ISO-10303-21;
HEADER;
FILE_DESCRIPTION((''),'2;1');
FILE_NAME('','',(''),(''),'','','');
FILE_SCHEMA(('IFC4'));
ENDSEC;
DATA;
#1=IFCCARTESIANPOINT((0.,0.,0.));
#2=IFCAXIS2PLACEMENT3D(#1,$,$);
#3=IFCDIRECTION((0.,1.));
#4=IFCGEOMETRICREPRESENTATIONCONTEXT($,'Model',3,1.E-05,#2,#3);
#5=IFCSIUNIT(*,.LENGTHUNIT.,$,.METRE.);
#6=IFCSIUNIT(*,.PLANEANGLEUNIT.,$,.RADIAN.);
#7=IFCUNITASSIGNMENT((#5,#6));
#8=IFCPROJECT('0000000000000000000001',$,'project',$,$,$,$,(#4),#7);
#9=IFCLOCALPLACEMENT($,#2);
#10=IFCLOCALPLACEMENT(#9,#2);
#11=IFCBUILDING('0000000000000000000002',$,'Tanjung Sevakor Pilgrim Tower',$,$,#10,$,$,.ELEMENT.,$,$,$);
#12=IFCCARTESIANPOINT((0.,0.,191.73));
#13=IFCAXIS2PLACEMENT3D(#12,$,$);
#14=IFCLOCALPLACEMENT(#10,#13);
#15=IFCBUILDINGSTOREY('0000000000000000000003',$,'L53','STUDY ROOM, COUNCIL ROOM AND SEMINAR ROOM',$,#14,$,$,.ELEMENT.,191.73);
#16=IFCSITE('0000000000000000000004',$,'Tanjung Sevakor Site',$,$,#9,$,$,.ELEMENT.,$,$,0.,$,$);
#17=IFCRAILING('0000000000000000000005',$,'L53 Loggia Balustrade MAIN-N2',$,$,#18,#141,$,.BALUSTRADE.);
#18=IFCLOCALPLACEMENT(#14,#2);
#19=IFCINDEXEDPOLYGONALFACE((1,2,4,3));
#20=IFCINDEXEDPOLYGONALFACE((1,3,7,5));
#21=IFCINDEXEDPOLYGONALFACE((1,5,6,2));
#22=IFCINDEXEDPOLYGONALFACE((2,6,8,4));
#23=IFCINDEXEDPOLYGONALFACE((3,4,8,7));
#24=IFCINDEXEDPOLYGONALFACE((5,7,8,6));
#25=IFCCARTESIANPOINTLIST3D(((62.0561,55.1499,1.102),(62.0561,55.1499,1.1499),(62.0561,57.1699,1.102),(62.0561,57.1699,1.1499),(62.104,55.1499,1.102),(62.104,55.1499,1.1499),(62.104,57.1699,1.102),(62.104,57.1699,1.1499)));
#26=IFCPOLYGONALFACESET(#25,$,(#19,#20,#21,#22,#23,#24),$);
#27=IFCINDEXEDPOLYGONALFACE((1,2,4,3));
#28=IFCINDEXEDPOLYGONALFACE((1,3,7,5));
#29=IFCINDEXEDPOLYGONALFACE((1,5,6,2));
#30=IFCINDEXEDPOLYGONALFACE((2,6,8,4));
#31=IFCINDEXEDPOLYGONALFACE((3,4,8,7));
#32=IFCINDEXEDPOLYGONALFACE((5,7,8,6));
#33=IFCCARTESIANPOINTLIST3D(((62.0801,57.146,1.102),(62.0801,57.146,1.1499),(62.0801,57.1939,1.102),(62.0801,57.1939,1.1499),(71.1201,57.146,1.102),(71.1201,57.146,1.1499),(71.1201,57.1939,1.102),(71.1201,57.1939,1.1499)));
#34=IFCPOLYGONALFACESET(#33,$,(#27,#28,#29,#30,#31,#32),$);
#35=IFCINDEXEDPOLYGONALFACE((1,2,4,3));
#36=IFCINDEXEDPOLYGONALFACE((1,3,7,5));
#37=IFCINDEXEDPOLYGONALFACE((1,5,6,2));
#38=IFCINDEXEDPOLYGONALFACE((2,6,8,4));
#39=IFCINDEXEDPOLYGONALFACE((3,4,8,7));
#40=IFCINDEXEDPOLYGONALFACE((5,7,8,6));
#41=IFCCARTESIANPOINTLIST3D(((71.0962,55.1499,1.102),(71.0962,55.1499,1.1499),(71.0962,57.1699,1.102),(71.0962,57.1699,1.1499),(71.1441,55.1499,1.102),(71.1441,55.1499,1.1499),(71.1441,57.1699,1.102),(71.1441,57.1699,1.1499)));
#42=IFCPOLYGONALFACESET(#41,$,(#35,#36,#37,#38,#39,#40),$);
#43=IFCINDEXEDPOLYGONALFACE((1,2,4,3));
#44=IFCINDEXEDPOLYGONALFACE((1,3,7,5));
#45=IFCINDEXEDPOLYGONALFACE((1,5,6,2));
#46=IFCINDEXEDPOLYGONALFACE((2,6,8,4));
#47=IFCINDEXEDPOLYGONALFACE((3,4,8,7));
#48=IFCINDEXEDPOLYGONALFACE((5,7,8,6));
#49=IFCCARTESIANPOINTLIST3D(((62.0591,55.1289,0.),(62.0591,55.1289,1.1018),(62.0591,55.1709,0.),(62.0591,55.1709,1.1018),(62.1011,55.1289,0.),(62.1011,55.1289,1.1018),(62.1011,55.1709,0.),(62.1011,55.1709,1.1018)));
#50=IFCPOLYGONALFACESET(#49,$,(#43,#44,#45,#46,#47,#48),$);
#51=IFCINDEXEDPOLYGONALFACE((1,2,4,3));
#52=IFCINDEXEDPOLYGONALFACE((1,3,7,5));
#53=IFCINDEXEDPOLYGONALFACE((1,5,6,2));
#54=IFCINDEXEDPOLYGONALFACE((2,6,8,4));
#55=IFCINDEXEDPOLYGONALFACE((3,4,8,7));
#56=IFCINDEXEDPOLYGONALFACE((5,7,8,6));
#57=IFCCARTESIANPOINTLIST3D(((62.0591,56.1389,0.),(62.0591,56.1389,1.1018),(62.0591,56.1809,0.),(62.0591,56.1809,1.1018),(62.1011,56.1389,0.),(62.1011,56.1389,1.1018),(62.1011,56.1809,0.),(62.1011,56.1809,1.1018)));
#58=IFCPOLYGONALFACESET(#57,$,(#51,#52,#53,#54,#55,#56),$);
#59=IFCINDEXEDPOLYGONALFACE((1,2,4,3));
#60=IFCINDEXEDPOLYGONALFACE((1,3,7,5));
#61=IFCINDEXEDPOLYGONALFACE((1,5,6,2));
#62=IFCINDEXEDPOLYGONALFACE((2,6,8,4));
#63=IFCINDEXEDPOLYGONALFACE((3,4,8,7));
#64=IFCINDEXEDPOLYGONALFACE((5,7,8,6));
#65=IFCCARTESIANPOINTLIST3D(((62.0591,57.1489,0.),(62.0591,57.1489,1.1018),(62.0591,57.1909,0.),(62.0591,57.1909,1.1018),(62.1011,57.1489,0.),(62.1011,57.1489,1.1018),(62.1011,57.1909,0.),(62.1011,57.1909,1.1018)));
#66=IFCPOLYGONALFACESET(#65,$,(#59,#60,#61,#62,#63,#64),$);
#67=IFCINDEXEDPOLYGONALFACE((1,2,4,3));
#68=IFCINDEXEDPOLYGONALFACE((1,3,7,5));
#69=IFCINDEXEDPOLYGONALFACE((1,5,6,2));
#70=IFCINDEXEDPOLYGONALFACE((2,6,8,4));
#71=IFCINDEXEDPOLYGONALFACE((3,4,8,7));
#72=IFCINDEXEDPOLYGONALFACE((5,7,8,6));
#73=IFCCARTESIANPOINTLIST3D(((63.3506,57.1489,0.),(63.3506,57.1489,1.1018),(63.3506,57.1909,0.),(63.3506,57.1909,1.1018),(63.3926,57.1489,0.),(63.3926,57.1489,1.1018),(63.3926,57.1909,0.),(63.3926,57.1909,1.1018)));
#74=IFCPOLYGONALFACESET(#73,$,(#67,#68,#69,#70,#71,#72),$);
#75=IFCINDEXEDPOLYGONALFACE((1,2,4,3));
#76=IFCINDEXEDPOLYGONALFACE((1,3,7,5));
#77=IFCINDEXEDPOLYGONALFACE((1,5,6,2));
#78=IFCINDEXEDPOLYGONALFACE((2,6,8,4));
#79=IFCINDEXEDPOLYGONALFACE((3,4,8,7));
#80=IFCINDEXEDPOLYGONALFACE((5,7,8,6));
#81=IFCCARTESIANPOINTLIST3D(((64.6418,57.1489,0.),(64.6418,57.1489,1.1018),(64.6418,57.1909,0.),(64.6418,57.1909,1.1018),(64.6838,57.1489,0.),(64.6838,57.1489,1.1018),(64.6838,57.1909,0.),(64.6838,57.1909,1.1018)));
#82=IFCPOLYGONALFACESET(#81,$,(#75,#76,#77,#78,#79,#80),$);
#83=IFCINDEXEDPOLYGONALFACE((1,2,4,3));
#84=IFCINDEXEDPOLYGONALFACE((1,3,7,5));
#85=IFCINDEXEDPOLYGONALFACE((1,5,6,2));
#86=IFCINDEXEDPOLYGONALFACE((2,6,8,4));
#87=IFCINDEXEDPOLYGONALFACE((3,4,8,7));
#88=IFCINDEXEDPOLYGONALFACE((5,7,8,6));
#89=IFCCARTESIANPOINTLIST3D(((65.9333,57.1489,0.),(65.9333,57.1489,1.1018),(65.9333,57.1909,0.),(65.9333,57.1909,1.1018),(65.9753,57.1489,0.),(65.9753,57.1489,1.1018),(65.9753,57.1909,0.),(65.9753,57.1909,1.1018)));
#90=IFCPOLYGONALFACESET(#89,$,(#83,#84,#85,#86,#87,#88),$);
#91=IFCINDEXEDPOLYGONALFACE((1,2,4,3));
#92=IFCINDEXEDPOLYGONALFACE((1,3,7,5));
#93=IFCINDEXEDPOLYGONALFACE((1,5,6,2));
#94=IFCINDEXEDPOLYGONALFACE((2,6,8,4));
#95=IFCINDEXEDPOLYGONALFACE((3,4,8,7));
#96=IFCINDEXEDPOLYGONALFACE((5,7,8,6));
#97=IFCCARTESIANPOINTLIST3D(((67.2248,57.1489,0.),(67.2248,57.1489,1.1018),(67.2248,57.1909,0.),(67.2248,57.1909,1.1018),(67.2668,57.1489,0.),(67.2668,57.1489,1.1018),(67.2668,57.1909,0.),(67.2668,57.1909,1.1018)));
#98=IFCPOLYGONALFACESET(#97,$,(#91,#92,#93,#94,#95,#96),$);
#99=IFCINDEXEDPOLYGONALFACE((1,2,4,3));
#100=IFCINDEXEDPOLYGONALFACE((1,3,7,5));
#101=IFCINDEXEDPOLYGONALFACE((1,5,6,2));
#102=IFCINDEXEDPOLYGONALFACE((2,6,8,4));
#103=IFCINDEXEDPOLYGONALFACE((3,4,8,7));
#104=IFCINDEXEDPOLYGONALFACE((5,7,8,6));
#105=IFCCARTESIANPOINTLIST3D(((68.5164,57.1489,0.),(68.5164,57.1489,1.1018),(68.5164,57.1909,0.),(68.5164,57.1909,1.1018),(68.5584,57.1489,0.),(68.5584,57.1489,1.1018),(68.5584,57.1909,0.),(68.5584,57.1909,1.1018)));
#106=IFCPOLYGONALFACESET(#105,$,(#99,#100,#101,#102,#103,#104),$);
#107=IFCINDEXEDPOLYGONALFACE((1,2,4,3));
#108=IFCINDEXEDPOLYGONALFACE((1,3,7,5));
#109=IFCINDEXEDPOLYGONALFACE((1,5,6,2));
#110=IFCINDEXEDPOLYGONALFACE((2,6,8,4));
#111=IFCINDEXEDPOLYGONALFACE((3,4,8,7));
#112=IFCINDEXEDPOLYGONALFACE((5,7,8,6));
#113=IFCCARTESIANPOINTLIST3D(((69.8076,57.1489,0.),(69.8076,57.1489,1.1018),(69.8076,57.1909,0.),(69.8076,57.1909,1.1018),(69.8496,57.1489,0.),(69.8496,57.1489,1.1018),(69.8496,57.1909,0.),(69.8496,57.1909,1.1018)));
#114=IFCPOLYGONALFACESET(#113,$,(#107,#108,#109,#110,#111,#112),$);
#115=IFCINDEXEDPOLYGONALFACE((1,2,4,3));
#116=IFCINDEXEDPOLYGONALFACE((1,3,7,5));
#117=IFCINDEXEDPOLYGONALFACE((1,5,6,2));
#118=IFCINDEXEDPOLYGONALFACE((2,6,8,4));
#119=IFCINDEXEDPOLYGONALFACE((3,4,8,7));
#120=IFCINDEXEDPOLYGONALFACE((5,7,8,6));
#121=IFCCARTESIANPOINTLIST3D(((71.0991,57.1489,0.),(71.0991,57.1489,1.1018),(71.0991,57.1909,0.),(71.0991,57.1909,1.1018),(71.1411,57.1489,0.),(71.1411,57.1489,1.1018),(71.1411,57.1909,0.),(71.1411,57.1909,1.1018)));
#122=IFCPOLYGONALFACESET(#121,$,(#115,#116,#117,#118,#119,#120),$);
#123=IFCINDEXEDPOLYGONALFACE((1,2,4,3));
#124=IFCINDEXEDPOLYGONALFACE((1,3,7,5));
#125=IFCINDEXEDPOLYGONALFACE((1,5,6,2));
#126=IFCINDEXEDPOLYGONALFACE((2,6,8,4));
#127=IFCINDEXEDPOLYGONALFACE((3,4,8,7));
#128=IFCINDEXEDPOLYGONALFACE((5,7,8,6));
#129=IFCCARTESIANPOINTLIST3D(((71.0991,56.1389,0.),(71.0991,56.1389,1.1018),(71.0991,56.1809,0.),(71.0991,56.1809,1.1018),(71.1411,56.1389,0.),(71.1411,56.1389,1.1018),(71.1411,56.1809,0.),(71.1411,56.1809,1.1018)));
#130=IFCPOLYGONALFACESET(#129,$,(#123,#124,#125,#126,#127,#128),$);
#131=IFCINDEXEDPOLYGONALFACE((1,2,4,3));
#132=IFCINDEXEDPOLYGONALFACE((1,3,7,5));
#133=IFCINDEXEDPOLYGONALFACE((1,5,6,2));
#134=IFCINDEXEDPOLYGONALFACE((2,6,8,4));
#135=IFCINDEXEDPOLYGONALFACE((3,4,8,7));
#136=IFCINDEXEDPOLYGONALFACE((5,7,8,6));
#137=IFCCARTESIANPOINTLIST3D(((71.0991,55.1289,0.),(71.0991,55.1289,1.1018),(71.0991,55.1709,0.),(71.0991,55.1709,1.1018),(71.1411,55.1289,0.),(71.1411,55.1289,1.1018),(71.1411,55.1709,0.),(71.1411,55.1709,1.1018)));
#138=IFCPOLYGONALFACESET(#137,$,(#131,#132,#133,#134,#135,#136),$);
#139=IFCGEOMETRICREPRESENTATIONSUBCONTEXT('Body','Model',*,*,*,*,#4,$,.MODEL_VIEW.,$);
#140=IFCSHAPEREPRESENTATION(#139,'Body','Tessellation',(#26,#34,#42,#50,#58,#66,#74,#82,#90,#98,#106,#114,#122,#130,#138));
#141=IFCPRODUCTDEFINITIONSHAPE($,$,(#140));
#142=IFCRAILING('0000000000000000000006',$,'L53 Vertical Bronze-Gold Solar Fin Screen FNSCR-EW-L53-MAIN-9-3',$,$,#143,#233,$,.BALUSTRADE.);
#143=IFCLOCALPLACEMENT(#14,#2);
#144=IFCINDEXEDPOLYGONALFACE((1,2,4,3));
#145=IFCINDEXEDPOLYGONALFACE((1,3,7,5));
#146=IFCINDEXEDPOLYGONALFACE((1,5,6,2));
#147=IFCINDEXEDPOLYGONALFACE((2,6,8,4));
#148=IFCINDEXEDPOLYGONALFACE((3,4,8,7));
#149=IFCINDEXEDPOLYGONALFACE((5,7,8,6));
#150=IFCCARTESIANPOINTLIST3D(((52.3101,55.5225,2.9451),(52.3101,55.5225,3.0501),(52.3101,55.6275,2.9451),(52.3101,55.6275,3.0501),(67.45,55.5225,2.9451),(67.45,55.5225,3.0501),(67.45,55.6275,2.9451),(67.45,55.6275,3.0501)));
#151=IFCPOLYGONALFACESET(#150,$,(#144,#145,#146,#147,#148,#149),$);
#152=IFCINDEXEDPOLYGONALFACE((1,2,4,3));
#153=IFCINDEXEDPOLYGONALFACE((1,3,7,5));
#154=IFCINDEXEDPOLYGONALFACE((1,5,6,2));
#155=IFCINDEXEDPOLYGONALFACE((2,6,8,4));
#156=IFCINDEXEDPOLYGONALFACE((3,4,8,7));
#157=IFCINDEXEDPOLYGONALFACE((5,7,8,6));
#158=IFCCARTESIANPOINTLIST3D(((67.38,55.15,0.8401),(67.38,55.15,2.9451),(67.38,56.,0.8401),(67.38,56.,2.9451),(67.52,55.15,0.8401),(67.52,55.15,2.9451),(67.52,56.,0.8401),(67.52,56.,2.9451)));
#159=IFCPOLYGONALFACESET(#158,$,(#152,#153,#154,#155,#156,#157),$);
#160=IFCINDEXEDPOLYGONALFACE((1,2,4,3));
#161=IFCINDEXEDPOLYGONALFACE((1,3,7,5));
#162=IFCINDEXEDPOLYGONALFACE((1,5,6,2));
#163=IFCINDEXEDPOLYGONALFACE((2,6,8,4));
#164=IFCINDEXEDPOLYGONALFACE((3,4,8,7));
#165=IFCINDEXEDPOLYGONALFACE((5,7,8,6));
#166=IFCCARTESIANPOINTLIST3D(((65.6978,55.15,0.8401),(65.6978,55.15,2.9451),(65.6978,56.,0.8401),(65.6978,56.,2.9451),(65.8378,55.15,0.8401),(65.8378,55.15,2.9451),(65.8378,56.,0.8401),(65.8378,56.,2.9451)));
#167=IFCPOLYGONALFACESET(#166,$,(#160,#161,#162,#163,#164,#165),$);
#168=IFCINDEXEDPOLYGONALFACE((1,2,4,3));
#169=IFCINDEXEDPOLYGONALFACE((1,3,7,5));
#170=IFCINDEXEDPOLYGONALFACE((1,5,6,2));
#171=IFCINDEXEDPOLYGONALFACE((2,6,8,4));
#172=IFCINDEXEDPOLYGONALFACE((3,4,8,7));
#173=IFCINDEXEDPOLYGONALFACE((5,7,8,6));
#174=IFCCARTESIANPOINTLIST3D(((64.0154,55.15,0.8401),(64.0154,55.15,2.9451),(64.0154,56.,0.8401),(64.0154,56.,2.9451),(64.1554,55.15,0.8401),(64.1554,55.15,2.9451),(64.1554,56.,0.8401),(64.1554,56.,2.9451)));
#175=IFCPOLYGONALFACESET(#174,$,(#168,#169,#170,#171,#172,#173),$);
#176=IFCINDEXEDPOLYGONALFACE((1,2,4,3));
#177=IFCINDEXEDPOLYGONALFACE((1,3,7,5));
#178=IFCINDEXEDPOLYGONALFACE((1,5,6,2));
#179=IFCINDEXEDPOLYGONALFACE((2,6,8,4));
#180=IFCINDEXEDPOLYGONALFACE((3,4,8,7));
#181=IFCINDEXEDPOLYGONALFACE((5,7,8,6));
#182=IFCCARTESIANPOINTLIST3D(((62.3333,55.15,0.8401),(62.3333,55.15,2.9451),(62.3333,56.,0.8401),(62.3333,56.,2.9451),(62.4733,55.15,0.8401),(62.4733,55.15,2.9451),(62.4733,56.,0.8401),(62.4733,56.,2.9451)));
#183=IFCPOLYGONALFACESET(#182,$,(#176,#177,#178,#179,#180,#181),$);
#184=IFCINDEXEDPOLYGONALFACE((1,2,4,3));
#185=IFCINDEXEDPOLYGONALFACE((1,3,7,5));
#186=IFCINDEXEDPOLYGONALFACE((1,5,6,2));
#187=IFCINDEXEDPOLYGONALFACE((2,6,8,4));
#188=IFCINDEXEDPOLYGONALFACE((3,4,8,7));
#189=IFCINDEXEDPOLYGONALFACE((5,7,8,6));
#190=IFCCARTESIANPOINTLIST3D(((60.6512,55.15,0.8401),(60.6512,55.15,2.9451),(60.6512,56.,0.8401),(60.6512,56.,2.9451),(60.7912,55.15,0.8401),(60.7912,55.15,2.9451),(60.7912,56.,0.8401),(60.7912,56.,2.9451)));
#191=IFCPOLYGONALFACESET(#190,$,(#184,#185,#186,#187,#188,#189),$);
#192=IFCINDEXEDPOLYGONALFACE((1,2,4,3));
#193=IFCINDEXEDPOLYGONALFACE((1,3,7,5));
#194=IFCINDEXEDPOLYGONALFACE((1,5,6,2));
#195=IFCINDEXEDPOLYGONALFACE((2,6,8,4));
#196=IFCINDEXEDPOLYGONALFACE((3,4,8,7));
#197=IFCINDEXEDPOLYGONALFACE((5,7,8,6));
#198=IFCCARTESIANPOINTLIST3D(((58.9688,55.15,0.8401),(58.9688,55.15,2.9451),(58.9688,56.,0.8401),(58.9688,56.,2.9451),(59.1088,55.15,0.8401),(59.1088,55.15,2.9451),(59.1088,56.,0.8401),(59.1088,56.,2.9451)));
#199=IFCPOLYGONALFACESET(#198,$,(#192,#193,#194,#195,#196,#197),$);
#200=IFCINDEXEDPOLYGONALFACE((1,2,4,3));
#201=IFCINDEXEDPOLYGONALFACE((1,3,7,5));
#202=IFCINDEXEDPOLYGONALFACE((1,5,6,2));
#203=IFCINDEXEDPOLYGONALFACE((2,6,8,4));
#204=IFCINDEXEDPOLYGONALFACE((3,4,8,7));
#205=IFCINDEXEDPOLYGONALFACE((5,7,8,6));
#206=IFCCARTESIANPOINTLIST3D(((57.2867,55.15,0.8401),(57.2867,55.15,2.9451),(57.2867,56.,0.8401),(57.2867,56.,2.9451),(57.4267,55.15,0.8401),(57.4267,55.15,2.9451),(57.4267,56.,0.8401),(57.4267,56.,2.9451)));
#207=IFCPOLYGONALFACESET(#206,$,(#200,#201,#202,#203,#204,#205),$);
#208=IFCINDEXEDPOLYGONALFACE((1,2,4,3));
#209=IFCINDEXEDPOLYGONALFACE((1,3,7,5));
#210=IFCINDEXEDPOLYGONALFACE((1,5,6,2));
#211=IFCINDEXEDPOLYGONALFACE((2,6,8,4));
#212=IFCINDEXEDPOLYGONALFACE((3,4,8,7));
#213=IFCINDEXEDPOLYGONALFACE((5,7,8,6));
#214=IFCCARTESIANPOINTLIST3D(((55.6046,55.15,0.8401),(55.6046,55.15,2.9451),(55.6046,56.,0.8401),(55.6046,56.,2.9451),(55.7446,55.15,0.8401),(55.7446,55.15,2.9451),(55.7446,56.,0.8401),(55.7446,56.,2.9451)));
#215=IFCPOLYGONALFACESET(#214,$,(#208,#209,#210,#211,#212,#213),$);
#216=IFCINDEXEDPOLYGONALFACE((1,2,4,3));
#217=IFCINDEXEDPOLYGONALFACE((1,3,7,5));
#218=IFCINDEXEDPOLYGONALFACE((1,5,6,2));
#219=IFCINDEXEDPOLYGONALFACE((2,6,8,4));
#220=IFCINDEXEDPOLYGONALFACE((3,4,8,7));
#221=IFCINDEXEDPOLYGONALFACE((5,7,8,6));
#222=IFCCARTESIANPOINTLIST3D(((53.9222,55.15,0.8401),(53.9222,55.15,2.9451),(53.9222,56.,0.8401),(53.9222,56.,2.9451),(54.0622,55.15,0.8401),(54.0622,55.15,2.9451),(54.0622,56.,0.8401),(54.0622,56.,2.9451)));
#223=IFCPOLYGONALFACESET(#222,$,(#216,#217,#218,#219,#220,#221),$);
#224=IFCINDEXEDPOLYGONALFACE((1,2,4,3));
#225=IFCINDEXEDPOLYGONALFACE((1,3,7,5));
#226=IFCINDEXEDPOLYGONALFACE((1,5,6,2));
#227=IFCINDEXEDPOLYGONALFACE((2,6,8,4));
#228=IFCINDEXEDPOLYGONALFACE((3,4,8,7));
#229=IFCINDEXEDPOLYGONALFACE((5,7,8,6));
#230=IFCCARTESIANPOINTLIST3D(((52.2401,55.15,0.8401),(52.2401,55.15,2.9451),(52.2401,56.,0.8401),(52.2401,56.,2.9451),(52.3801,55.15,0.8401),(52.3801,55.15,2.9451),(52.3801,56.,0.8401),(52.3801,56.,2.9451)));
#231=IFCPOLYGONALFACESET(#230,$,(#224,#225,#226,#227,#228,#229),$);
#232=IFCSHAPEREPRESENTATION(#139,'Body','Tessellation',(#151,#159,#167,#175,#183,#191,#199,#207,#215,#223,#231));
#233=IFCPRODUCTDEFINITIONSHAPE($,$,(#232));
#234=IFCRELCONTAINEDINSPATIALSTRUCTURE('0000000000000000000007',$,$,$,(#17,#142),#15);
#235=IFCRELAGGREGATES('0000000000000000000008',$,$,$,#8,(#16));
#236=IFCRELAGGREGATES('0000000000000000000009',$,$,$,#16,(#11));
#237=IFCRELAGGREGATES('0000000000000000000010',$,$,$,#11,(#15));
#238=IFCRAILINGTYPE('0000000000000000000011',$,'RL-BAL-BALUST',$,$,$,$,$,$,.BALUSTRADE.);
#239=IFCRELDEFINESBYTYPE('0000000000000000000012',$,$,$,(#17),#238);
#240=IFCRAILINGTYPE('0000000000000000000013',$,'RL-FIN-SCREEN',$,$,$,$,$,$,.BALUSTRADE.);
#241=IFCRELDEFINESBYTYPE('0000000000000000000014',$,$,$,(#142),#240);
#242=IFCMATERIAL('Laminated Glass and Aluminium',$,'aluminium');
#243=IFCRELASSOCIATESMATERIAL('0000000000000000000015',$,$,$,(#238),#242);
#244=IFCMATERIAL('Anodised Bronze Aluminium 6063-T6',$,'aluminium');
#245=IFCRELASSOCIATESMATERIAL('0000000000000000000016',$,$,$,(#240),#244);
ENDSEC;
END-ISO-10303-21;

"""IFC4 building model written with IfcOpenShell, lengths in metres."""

from ifc_helpers import new_model, si_unit, direction, frame, origin, place, context, subcontext, project, spatial, rectangle, extrude, material, type_object, element, save


model = new_model("IFC4")

# Units and contexts
model_context = context("Model", 3, precision=1e-05, world=origin(), true_north=direction((0.0, 1.0)))
body_context = subcontext(model_context, "Body", "Model", "MODEL_VIEW")
ifc_project = project(units=[si_unit("LENGTHUNIT", "METRE"), si_unit("PLANEANGLEUNIT", "RADIAN")], contexts=[model_context])

# Site, building, storey
site_placement = place(None, origin())
site = spatial("IfcSite", under=ifc_project, at=site_placement, Name="Tanjung Sevakor Site", CompositionType="ELEMENT", RefElevation=0.0)
building_placement = place(site_placement, origin())
building = spatial("IfcBuilding", under=site, at=building_placement, Name="Tanjung Sevakor Pilgrim Tower", CompositionType="ELEMENT")
storey_placement = place(building_placement, frame((0.0, 0.0, 191.73)))
storey = spatial("IfcBuildingStorey", under=building, at=storey_placement, Name="L53", Description="STUDY ROOM, COUNCIL ROOM AND SEMINAR ROOM", CompositionType="ELEMENT", Elevation=191.73)

# Railings
ifc_material_1 = material(Name="Laminated Glass and Aluminium", Category="aluminium")
railing_type_1 = type_object("IfcRailingType", Name="RL-BAL-BALUST", PredefinedType="BALUSTRADE", material=ifc_material_1)
railing_1_placement = place(storey_placement, frame((62.0801, 55.1499, 0.0)))
element("IfcRailing", 1, at=railing_1_placement, inside=storey, type_object=railing_type_1, Name="L53 Loggia Balustrade MAIN-N2", PredefinedType="BALUSTRADE", context=body_context, shape_type="SweptSolid", body=[
    extrude(rectangle(XDim=0.0479, YDim=0.0479), frame((0.0, 0.0, 1.126), z_axis=(0.0, 1.0, 0.0), x_axis=(-1.0, 0.0, 0.0)), (0.0, 0.0, 1.0), 2.02),
    extrude(rectangle(XDim=0.0479, YDim=0.0479), frame((0.0, 2.02, 1.126), z_axis=(1.0, 0.0, 0.0), x_axis=(0.0, 1.0, 0.0)), (0.0, 0.0, 1.0), 9.04),
    extrude(rectangle(XDim=0.0479, YDim=0.0479), frame((9.04, 2.02, 1.126), z_axis=(0.0, -1.0, 0.0), x_axis=(1.0, 0.0, 0.0)), (0.0, 0.0, 1.0), 2.02),
    extrude(rectangle(XDim=0.042, YDim=0.042), origin(), (0.0, 0.0, 1.0), 1.1018),
    extrude(rectangle(XDim=0.042, YDim=0.042), frame((0.0, 1.01, 0.0)), (0.0, 0.0, 1.0), 1.1018),
    extrude(rectangle(XDim=0.042, YDim=0.042), frame((0.0, 2.02, 0.0)), (0.0, 0.0, 1.0), 1.1018),
    extrude(rectangle(XDim=0.042, YDim=0.042), frame((1.2915, 2.02, 0.0)), (0.0, 0.0, 1.0), 1.1018),
    extrude(rectangle(XDim=0.042, YDim=0.042), frame((2.5828, 2.02, 0.0)), (0.0, 0.0, 1.0), 1.1018),
    extrude(rectangle(XDim=0.042, YDim=0.042), frame((3.8743, 2.02, 0.0)), (0.0, 0.0, 1.0), 1.1018),
    extrude(rectangle(XDim=0.042, YDim=0.042), frame((5.1658, 2.02, 0.0)), (0.0, 0.0, 1.0), 1.1018),
    extrude(rectangle(XDim=0.042, YDim=0.042), frame((6.4573, 2.02, 0.0)), (0.0, 0.0, 1.0), 1.1018),
    extrude(rectangle(XDim=0.042, YDim=0.042), frame((7.7485, 2.02, 0.0)), (0.0, 0.0, 1.0), 1.1018),
    extrude(rectangle(XDim=0.042, YDim=0.042), frame((9.04, 2.02, 0.0)), (0.0, 0.0, 1.0), 1.1018),
    extrude(rectangle(XDim=0.042, YDim=0.042), frame((9.04, 1.01, 0.0)), (0.0, 0.0, 1.0), 1.1018),
    extrude(rectangle(XDim=0.042, YDim=0.042), frame((9.04, 0.0, 0.0)), (0.0, 0.0, 1.0), 1.1018),
])
ifc_material_2 = material(Name="Anodised Bronze Aluminium 6063-T6", Category="aluminium")
railing_type_2 = type_object("IfcRailingType", Name="RL-FIN-SCREEN", PredefinedType="BALUSTRADE", material=ifc_material_2)
railing_2_placement = place(storey_placement, frame((67.45, 55.575, 0.8401)))
element("IfcRailing", 2, at=railing_2_placement, inside=storey, type_object=railing_type_2, Name="L53 Vertical Bronze-Gold Solar Fin Screen FNSCR-EW-L53-MAIN-9-3", PredefinedType="BALUSTRADE", context=body_context, shape_type="SweptSolid", body=[
    extrude(rectangle(XDim=0.105, YDim=0.105), frame((0.0, 0.0, 2.1575), z_axis=(-1.0, 0.0, 0.0), x_axis=(0.0, -1.0, 0.0)), (0.0, 0.0, 1.0), 15.1399),
    extrude(rectangle(XDim=0.14, YDim=0.85), origin(), (0.0, 0.0, 1.0), 2.105),
    extrude(rectangle(XDim=0.14, YDim=0.85), frame((-1.6821, 0.0, 0.0)), (0.0, 0.0, 1.0), 2.105),
    extrude(rectangle(XDim=0.14, YDim=0.85), frame((-3.3645, 0.0, 0.0)), (0.0, 0.0, 1.0), 2.105),
    extrude(rectangle(XDim=0.14, YDim=0.85), frame((-5.0466, 0.0, 0.0)), (0.0, 0.0, 1.0), 2.105),
    extrude(rectangle(XDim=0.14, YDim=0.85), frame((-6.7288, 0.0, 0.0)), (0.0, 0.0, 1.0), 2.105),
    extrude(rectangle(XDim=0.14, YDim=0.85), frame((-8.4111, 0.0, 0.0)), (0.0, 0.0, 1.0), 2.105),
    extrude(rectangle(XDim=0.14, YDim=0.85), frame((-10.0933, 0.0, 0.0)), (0.0, 0.0, 1.0), 2.105),
    extrude(rectangle(XDim=0.14, YDim=0.85), frame((-11.7754, 0.0, 0.0)), (0.0, 0.0, 1.0), 2.105),
    extrude(rectangle(XDim=0.14, YDim=0.85), frame((-13.4578, 0.0, 0.0)), (0.0, 0.0, 1.0), 2.105),
    extrude(rectangle(XDim=0.14, YDim=0.85), frame((-15.1399, 0.0, 0.0)), (0.0, 0.0, 1.0), 2.105),
])

save(model, "model.ifc")
